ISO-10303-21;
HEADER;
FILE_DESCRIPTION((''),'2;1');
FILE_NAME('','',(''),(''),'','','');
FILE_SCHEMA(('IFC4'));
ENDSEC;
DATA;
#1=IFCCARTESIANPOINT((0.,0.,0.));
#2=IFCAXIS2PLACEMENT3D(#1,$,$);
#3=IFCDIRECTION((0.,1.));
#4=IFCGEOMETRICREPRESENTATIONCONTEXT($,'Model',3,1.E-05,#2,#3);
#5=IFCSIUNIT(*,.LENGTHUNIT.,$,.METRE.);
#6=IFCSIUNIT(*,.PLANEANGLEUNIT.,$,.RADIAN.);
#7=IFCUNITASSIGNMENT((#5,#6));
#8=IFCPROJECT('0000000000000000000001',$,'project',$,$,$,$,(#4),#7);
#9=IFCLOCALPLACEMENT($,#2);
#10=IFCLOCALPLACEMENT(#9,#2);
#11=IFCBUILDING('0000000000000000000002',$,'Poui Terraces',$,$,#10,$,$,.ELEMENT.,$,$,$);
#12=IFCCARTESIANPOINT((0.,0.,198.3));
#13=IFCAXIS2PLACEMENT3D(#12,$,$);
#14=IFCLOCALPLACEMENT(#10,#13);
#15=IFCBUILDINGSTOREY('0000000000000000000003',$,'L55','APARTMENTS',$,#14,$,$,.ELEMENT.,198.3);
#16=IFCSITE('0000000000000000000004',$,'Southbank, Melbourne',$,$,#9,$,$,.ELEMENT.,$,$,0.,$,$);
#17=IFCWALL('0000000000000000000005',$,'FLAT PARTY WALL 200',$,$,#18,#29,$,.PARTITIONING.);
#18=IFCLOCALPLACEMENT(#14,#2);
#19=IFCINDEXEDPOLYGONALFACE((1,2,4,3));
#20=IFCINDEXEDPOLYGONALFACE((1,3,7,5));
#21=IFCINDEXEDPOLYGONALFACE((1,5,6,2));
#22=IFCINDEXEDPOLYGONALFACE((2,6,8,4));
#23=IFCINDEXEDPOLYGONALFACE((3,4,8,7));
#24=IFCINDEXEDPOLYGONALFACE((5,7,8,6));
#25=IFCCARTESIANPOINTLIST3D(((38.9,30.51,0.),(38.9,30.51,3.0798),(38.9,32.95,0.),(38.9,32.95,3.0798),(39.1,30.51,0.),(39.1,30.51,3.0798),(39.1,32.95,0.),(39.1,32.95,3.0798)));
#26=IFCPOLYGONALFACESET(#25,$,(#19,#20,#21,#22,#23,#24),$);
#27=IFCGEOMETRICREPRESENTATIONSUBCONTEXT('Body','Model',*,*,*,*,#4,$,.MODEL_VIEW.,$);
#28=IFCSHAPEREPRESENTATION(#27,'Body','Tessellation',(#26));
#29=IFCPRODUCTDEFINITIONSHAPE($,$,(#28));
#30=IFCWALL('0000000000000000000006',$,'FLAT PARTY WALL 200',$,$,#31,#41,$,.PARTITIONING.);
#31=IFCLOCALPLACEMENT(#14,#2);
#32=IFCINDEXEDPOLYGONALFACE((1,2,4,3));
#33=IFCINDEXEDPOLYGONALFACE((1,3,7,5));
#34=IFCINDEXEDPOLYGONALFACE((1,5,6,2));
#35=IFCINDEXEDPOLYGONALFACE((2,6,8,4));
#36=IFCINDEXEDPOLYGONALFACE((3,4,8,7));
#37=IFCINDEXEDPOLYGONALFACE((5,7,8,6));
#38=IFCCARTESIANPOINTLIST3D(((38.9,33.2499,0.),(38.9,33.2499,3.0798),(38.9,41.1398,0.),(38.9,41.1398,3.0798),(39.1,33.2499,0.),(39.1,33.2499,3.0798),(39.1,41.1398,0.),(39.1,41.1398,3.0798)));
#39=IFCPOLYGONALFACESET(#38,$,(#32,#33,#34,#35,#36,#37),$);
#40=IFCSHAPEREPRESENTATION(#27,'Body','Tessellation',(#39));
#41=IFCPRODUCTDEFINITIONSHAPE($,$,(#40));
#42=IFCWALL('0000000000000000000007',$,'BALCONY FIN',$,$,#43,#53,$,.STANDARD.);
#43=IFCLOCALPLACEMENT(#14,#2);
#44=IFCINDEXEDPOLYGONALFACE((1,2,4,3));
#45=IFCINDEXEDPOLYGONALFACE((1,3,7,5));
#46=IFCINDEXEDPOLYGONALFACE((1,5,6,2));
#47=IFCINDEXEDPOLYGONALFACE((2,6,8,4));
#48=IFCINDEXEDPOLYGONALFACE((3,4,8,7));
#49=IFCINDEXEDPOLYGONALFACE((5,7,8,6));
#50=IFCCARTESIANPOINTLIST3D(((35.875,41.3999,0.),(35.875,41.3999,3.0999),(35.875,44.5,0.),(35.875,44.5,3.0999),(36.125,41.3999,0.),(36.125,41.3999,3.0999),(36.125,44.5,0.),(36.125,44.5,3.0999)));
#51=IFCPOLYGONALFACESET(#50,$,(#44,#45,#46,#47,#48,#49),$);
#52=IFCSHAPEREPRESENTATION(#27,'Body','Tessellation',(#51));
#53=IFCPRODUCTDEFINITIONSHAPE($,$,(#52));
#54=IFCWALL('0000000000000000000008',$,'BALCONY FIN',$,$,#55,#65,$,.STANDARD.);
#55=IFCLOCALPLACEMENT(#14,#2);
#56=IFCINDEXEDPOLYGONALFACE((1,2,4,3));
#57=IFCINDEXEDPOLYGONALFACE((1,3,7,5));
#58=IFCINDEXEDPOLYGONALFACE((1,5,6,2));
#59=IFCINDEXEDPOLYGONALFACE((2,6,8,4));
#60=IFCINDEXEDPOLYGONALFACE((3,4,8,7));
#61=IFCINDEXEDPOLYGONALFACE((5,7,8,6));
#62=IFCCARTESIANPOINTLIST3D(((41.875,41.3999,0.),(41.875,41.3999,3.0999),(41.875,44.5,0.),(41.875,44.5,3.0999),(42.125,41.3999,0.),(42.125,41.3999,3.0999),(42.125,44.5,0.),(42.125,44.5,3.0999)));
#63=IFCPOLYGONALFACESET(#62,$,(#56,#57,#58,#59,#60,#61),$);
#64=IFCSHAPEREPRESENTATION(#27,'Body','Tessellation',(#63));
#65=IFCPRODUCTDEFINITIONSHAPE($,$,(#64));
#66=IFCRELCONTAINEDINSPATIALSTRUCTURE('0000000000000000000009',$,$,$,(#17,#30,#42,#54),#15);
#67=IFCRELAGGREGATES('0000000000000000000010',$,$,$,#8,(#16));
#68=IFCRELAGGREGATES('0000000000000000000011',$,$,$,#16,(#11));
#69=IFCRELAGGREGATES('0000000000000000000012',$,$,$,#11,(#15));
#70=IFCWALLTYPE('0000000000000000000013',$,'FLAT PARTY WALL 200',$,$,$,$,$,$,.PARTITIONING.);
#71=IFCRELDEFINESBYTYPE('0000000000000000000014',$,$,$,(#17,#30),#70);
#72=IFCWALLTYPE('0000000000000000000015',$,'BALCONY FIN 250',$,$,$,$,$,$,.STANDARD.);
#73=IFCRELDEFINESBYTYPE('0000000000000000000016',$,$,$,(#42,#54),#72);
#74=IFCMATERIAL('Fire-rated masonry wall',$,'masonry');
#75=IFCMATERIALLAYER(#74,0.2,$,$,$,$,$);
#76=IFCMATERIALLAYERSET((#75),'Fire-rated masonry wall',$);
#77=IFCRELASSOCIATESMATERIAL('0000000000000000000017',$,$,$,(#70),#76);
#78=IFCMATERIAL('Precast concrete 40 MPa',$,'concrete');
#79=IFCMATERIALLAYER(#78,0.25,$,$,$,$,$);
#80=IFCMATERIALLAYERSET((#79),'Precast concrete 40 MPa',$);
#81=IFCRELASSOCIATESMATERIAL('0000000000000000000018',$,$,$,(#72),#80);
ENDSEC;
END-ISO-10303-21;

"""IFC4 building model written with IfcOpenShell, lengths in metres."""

from ifc_helpers import new_model, si_unit, direction, frame, frame_2d, origin, place, context, subcontext, project, spatial, polyline, rectangle, outline, extrude, source, transform, mapped, material, layer, layer_set, type_object, element, save


model = new_model("IFC4")

# Units and contexts
model_context = context("Model", 3, precision=1e-05, world=origin(), true_north=direction((0.0, 1.0)))
body_context = subcontext(model_context, "Body", "Model", "MODEL_VIEW")
ifc_project = project(units=[si_unit("LENGTHUNIT", "METRE"), si_unit("PLANEANGLEUNIT", "RADIAN")], contexts=[model_context])

# Site, building, storey
site_placement = place(None, origin())
site = spatial("IfcSite", under=ifc_project, at=site_placement, Name="Southbank, Melbourne", CompositionType="ELEMENT", RefElevation=0.0)
building_placement = place(site_placement, origin())
building = spatial("IfcBuilding", under=site, at=building_placement, Name="Poui Terraces", CompositionType="ELEMENT")
storey_placement = place(building_placement, frame((0.0, 0.0, 198.3)))
storey = spatial("IfcBuildingStorey", under=building, at=storey_placement, Name="L55", Description="APARTMENTS", CompositionType="ELEMENT", Elevation=198.3)

# Walls
ifc_material_1 = material(Name="Fire-rated masonry wall", Category="masonry")
ifc_layer_1 = layer(ifc_material_1, 0.2)
ifc_layer_set_1 = layer_set([ifc_layer_1], Name="Fire-rated masonry wall")
wall_type_1 = type_object("IfcWallType", Name="FLAT PARTY WALL 200", PredefinedType="PARTITIONING", material=ifc_layer_set_1)
wall_1_placement = place(storey_placement, frame((39.0, 30.51, 0.0), z_axis=(0.0, 0.0, 1.0), x_axis=(0.0, 1.0, 0.0)))
element("IfcWall", 1, at=wall_1_placement, inside=storey, type_object=wall_type_1, Name="FLAT PARTY WALL 200", PredefinedType="PARTITIONING", context=body_context, shape_type="SweptSolid", body=[
    extrude(rectangle(XDim=2.4399, YDim=0.2, at=frame_2d((1.22, 0.0))), origin(), (0.0, 0.0, 1.0), 3.0798),
])
wall_2_placement = place(storey_placement, frame((39.0, 33.25, 0.0), z_axis=(0.0, 0.0, 1.0), x_axis=(0.0, 1.0, 0.0)))
element("IfcWall", 2, at=wall_2_placement, inside=storey, type_object=wall_type_1, Name="FLAT PARTY WALL 200", PredefinedType="PARTITIONING", context=body_context, shape_type="SweptSolid", body=[
    extrude(rectangle(XDim=7.8899, YDim=0.2, at=frame_2d((3.9448, 0.0))), origin(), (0.0, 0.0, 1.0), 3.0798),
])
ifc_material_2 = material(Name="Precast concrete 40 MPa", Category="concrete")
ifc_layer_2 = layer(ifc_material_2, 0.25)
ifc_layer_set_2 = layer_set([ifc_layer_2], Name="Precast concrete 40 MPa")
wall_type_2 = type_object("IfcWallType", Name="BALCONY FIN 250", PredefinedType="STANDARD", material=ifc_layer_set_2)
shared_shape_1 = source(origin(), body_context, "Body", "SweptSolid", [
    extrude(outline(polyline([(0.0, 0.0), (0.25, 0.0), (0.25, 3.1001), (0.0, 3.1001), (0.0, 0.0)])), origin(), (0.0, 0.0, 1.0), 3.0999),
])
for number, where, name in (
    (3, (35.875, 41.3999, 0.0), "BALCONY FIN"),
    (4, (41.875, 41.3999, 0.0), "BALCONY FIN"),
):
    element("IfcWall", number, at=place(storey_placement, frame(where)), inside=storey, type_object=wall_type_2, Name=name, PredefinedType="STANDARD", context=body_context, shape_type="MappedRepresentation", body=[
        mapped(shared_shape_1, transform((0.0, 0.0, 0.0))),
    ])

save(model, "model.ifc")
